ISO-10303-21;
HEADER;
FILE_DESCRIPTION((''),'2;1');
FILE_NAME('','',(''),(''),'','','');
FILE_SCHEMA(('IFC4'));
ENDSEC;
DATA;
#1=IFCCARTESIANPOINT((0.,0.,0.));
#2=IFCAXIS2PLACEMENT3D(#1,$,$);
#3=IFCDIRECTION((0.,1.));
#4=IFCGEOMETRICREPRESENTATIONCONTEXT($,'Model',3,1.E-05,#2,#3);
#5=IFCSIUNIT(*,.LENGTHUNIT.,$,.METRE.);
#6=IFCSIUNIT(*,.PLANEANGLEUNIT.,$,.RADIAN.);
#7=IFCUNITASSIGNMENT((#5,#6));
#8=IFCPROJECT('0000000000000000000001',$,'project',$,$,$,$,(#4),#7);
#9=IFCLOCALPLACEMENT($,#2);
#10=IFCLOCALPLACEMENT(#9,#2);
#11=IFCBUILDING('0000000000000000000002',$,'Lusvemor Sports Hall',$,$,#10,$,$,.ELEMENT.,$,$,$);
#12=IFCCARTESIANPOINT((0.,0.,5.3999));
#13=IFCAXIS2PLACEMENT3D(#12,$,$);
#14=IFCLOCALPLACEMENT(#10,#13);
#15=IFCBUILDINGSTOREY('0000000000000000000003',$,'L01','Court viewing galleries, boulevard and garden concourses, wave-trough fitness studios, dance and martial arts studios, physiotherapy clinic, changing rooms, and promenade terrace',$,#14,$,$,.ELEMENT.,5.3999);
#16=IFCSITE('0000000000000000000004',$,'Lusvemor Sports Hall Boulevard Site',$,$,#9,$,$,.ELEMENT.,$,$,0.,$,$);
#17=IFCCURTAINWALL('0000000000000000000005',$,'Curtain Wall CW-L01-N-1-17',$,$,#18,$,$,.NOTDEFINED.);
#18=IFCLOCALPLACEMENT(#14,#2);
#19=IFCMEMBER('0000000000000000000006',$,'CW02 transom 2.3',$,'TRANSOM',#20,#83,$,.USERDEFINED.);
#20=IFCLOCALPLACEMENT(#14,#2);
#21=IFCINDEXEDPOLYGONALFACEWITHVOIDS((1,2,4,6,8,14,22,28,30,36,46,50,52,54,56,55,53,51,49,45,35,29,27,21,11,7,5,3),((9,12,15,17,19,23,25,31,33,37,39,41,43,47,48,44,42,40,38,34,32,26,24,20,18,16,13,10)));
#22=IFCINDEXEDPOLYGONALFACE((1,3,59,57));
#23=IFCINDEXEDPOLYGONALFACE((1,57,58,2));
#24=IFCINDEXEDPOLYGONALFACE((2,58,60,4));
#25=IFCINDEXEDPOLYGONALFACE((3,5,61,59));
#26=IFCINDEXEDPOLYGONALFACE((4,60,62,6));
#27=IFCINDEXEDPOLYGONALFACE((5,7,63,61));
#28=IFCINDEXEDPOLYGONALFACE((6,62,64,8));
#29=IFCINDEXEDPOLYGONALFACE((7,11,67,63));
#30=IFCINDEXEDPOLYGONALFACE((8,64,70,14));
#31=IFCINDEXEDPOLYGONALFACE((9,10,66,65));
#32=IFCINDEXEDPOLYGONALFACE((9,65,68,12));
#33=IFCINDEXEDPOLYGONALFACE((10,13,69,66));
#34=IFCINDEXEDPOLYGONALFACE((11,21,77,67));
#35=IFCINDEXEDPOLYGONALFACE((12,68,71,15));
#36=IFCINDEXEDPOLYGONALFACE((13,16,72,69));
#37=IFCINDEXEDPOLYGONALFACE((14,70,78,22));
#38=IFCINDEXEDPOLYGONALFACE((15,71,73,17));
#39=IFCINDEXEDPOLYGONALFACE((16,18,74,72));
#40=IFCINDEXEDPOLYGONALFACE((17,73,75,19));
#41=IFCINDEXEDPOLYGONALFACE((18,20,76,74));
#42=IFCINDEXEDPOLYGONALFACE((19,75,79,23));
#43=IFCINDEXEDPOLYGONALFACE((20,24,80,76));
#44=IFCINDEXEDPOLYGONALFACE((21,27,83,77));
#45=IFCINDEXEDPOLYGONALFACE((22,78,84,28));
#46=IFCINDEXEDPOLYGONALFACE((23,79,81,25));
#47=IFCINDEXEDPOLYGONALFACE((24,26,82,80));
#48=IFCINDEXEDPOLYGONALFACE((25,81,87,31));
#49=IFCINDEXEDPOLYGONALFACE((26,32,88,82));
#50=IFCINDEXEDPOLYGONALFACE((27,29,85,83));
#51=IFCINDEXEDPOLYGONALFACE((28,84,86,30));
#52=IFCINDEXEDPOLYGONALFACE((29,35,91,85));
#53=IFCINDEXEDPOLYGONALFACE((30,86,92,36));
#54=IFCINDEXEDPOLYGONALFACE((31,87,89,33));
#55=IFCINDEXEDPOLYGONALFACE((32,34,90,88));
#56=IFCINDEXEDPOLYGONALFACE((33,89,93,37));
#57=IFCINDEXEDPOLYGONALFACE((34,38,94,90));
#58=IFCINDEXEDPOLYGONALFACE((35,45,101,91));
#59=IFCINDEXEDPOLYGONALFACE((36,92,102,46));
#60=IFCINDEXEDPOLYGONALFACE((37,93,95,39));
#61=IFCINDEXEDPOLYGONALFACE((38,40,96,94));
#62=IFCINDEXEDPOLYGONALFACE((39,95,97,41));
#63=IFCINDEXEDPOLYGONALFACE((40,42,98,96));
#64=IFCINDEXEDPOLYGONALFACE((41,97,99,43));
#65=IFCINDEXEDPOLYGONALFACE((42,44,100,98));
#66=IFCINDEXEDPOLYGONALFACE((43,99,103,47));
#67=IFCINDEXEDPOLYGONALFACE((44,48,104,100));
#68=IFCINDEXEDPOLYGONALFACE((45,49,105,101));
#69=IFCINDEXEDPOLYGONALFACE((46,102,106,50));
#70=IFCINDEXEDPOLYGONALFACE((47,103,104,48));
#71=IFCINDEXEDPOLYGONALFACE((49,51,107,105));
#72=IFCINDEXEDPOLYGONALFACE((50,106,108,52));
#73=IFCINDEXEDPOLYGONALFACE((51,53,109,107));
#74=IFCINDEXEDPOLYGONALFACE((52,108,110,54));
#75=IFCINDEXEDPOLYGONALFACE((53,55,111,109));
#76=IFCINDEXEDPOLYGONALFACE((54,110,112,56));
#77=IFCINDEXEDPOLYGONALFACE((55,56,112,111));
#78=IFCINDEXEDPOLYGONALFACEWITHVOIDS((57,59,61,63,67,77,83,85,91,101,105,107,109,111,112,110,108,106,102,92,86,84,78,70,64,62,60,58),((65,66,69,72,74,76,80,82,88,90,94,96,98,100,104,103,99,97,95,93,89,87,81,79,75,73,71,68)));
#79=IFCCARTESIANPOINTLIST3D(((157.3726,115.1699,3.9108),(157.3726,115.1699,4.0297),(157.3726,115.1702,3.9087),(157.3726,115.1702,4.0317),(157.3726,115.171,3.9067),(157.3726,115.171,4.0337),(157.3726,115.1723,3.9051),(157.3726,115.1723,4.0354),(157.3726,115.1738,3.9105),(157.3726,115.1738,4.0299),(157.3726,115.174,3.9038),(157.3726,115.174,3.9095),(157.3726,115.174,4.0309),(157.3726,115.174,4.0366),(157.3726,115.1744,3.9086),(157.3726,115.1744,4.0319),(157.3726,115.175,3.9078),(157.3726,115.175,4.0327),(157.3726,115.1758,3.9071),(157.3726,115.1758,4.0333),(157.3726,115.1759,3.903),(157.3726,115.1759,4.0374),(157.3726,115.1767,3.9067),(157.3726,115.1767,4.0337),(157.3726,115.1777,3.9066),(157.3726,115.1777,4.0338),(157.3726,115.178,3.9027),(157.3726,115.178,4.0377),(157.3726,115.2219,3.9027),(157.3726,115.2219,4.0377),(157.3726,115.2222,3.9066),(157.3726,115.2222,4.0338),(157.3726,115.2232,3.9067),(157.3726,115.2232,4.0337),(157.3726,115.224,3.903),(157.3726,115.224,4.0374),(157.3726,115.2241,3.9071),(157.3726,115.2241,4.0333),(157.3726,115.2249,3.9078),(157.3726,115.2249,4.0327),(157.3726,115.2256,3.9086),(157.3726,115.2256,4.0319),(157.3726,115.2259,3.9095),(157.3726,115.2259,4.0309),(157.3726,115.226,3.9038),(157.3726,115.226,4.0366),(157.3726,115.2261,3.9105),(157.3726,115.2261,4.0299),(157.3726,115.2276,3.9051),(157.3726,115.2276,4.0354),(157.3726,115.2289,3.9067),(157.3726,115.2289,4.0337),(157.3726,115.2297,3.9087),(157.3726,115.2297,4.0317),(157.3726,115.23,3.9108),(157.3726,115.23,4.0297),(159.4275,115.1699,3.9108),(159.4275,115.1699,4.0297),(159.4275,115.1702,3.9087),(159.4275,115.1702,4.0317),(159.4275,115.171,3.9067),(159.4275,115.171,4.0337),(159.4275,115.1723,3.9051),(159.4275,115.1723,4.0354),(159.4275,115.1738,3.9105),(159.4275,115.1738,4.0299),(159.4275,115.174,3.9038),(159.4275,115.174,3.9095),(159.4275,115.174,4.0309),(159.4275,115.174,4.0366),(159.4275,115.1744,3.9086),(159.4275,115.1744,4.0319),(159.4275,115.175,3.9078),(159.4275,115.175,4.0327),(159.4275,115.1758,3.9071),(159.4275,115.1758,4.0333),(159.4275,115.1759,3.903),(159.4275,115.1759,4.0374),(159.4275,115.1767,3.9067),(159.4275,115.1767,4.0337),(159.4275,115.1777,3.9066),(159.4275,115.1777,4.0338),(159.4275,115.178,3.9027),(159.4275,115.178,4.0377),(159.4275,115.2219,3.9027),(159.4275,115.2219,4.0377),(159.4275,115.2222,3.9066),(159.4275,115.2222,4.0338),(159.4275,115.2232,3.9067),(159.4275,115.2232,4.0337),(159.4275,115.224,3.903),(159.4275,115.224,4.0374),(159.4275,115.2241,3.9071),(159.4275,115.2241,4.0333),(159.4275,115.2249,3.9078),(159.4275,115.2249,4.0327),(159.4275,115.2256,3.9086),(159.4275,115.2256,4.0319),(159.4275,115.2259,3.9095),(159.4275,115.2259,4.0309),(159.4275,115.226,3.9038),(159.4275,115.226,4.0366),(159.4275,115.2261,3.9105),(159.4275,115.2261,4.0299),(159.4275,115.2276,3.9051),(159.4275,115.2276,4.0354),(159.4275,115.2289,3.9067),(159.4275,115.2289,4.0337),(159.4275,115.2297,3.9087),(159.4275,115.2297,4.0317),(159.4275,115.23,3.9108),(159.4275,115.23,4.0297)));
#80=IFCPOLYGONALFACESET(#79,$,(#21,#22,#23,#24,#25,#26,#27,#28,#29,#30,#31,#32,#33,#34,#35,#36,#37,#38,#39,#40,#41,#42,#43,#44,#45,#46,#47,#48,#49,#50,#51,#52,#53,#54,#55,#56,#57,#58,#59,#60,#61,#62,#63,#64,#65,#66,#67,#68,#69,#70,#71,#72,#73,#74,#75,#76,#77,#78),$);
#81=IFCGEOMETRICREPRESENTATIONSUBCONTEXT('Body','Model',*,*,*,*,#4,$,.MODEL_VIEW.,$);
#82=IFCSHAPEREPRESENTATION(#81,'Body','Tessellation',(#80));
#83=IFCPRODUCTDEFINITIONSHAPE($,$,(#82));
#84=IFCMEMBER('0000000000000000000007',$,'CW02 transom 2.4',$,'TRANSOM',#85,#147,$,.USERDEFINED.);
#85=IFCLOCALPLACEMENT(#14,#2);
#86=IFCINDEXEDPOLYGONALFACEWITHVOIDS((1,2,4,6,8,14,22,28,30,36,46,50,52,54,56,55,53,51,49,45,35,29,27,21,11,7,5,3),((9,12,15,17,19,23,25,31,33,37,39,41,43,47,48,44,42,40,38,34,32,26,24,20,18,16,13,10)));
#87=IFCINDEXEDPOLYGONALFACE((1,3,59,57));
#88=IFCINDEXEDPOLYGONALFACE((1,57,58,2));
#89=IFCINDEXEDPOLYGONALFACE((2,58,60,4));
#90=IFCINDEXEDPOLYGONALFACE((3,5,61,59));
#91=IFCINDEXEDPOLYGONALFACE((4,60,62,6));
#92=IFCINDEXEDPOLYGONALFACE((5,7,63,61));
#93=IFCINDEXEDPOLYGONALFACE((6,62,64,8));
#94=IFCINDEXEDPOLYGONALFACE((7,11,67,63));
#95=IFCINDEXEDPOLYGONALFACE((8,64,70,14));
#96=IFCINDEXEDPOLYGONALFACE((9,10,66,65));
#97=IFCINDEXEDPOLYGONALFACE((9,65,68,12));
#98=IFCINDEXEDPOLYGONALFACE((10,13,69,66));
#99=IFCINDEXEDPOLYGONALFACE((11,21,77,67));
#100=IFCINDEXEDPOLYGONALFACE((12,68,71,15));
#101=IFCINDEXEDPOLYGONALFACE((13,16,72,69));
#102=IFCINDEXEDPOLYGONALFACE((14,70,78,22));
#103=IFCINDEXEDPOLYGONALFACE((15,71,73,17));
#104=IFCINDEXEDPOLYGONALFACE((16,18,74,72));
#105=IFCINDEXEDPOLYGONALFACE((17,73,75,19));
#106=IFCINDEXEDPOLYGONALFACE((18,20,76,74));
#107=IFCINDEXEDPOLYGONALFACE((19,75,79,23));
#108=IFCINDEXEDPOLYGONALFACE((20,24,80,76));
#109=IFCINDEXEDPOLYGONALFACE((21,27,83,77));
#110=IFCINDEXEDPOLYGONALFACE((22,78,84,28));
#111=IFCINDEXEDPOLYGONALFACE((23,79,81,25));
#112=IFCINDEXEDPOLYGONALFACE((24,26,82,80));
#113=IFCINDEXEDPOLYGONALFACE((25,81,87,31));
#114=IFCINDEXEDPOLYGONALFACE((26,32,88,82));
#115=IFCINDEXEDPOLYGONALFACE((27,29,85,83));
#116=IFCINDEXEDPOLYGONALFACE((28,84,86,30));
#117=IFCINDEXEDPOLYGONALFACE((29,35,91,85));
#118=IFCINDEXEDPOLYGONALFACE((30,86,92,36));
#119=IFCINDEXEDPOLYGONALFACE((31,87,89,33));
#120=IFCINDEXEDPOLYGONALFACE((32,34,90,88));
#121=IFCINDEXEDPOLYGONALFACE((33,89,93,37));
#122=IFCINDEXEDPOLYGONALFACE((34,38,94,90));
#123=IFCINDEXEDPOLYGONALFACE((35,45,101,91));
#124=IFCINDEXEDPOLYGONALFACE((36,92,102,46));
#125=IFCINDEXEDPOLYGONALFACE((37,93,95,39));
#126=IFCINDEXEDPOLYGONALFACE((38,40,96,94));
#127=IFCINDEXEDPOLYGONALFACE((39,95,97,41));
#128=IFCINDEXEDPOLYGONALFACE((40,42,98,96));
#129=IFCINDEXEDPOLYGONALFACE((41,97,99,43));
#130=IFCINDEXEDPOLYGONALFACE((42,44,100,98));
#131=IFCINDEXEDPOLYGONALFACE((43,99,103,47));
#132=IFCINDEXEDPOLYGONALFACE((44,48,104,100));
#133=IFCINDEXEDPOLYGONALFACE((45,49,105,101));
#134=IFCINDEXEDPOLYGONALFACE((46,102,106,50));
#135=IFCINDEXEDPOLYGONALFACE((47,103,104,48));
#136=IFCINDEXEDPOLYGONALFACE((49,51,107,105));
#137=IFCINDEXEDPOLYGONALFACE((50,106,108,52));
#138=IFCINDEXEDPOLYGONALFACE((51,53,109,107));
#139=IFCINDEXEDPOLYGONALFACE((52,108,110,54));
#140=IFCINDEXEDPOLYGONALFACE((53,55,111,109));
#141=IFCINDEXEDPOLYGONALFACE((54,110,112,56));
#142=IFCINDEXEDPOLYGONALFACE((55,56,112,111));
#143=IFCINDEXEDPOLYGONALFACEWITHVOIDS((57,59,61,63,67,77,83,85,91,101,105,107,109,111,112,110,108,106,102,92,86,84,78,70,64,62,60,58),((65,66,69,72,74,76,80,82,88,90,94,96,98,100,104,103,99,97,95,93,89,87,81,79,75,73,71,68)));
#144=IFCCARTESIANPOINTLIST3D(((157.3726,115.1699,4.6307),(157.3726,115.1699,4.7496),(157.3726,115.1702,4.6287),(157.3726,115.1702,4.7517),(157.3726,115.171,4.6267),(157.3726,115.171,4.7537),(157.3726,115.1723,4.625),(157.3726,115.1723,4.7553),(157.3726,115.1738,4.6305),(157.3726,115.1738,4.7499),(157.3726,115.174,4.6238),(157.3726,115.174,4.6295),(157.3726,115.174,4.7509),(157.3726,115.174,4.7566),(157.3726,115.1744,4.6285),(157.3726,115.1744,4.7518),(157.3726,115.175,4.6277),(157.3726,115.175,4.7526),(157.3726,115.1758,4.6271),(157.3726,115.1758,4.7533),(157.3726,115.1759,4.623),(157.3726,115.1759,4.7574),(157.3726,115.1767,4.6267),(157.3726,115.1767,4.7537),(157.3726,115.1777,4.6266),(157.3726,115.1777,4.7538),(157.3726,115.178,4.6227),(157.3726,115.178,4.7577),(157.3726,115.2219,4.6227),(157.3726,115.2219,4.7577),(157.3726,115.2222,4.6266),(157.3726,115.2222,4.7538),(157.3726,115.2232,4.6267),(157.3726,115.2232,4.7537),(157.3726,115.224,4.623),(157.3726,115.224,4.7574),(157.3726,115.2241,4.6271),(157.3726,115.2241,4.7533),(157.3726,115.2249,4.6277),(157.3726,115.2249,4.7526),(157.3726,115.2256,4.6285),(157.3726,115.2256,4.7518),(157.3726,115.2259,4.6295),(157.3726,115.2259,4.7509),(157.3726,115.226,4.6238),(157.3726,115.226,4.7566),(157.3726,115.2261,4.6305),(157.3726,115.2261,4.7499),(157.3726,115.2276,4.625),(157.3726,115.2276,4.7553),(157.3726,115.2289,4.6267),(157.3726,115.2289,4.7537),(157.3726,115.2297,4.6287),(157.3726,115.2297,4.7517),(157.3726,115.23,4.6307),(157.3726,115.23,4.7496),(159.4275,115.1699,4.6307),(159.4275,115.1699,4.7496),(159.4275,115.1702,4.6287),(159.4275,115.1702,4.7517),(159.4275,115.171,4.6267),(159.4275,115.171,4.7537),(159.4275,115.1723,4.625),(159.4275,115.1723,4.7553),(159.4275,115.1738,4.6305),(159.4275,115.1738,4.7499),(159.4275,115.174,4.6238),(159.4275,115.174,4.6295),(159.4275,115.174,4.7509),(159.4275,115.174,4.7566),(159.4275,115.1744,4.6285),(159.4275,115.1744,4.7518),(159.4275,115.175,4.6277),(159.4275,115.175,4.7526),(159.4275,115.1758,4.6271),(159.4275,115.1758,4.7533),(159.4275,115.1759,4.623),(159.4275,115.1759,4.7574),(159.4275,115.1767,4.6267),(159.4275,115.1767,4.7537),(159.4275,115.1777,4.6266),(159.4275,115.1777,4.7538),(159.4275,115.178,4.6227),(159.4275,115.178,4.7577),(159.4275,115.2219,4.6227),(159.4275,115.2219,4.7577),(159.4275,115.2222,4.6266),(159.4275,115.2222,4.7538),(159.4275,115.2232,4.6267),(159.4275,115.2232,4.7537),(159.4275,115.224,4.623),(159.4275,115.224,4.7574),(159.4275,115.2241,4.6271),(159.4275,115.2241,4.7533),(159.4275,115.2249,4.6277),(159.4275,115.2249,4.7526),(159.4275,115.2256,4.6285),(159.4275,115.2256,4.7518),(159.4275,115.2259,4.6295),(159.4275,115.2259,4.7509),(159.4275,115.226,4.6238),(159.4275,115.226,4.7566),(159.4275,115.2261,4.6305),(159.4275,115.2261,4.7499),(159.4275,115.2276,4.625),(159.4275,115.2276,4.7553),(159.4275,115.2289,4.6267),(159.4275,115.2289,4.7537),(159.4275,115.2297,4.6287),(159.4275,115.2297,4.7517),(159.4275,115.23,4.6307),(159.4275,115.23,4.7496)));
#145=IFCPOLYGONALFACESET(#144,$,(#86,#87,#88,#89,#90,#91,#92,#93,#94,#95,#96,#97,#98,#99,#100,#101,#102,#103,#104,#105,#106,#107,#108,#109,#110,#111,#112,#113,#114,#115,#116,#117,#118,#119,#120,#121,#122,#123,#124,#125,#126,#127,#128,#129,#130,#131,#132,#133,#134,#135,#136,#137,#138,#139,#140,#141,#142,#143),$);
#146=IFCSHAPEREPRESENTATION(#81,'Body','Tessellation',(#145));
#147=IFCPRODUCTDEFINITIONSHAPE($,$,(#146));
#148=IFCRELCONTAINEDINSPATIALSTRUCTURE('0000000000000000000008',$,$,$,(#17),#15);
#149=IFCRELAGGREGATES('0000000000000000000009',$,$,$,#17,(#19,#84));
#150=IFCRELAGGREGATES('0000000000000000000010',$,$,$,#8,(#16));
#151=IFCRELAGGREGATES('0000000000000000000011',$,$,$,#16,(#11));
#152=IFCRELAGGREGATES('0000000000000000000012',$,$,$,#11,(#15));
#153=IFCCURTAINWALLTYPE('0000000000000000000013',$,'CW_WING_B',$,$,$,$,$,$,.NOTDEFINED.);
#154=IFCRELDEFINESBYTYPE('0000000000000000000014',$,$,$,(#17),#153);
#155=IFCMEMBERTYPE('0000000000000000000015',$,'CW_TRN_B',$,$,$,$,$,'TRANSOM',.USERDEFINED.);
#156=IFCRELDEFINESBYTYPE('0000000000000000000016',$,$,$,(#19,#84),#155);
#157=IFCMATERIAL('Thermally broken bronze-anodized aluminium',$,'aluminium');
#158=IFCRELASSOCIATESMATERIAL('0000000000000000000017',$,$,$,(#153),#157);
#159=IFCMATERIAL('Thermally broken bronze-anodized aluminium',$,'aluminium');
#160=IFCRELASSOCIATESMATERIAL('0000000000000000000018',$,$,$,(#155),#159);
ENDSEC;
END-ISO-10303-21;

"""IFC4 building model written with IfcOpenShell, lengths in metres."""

from ifc_helpers import new_model, si_unit, direction, frame, origin, origin_2d, place, context, subcontext, project, spatial, hollow_rectangle, extrude, material, material_profile, profile_set, type_object, element, aggregate, save


model = new_model("IFC4")

# Units and contexts
model_context = context("Model", 3, precision=1e-05, world=origin(), true_north=direction((0.0, 1.0)))
body_context = subcontext(model_context, "Body", "Model", "MODEL_VIEW")
ifc_project = project(units=[si_unit("LENGTHUNIT", "METRE"), si_unit("PLANEANGLEUNIT", "RADIAN")], contexts=[model_context])

# Site, building, storey
site_placement = place(None, origin())
site = spatial("IfcSite", under=ifc_project, at=site_placement, Name="Lusvemor Sports Hall Boulevard Site", CompositionType="ELEMENT", RefElevation=0.0)
building_placement = place(site_placement, origin())
building = spatial("IfcBuilding", under=site, at=building_placement, Name="Lusvemor Sports Hall", CompositionType="ELEMENT")
storey_placement = place(building_placement, frame((0.0, 0.0, 5.3999)))
storey = spatial("IfcBuildingStorey", under=building, at=storey_placement, Name="L01", Description="Court viewing galleries, boulevard and garden concourses, wave-trough fitness studios, dance and martial arts studios, physiotherapy clinic, changing rooms, and promenade terrace", CompositionType="ELEMENT", Elevation=5.3999)

# Curtain wall, members
ifc_material_1 = material(Name="Thermally broken bronze-anodized aluminium", Category="aluminium")
curtain_wall_type = type_object("IfcCurtainWallType", Name="CW_WING_B", PredefinedType="NOTDEFINED", material=ifc_material_1)
curtain_wall_placement = place(storey_placement, origin())
curtain_wall = element("IfcCurtainWall", 1, at=curtain_wall_placement, inside=storey, type_object=curtain_wall_type, Name="Curtain Wall CW-L01-N-1-17", PredefinedType="NOTDEFINED")
ifc_material_2 = material(Name="Thermally broken bronze-anodized aluminium", Category="aluminium")
ifc_material_profile_1 = material_profile(ifc_material_2, hollow_rectangle(XDim=0.0601, YDim=0.135, WallThickness=0.0039, InnerFilletRadius=0.0039, OuterFilletRadius=0.0081, at=origin_2d()), Name="CWTRN135x60x4")
ifc_profile_set_1 = profile_set([ifc_material_profile_1], Name="Thermally broken bronze-anodized aluminium")
member_type_1 = type_object("IfcMemberType", Name="CW_TRN_B", ElementType="TRANSOM", PredefinedType="USERDEFINED", material=ifc_profile_set_1)
member_1_placement = place(storey_placement, frame((157.3726, 115.2, 3.9702), z_axis=(1.0, 0.0, 0.0), x_axis=(0.0, 1.0, 0.0)))
member_1 = element("IfcMember", 2, at=member_1_placement, type_object=member_type_1, Name="CW02 transom 2.3", ObjectType="TRANSOM", PredefinedType="USERDEFINED", context=body_context, shape_type="SweptSolid", body=[
    extrude(hollow_rectangle(XDim=0.0601, YDim=0.135, WallThickness=0.0039, InnerFilletRadius=0.0039, OuterFilletRadius=0.0081, at=origin_2d()), origin(), (0.0, 0.0, 1.0), 2.0549),
])
member_2_placement = place(storey_placement, frame((157.3726, 115.2, 4.6902), z_axis=(1.0, 0.0, 0.0), x_axis=(0.0, 1.0, 0.0)))
member_2 = element("IfcMember", 3, at=member_2_placement, type_object=member_type_1, Name="CW02 transom 2.4", ObjectType="TRANSOM", PredefinedType="USERDEFINED", context=body_context, shape_type="SweptSolid", body=[
    extrude(hollow_rectangle(XDim=0.0601, YDim=0.135, WallThickness=0.0039, InnerFilletRadius=0.0039, OuterFilletRadius=0.0081, at=origin_2d()), origin(), (0.0, 0.0, 1.0), 2.0549),
])

aggregate(curtain_wall, [member_1, member_2])

save(model, "model.ifc")
